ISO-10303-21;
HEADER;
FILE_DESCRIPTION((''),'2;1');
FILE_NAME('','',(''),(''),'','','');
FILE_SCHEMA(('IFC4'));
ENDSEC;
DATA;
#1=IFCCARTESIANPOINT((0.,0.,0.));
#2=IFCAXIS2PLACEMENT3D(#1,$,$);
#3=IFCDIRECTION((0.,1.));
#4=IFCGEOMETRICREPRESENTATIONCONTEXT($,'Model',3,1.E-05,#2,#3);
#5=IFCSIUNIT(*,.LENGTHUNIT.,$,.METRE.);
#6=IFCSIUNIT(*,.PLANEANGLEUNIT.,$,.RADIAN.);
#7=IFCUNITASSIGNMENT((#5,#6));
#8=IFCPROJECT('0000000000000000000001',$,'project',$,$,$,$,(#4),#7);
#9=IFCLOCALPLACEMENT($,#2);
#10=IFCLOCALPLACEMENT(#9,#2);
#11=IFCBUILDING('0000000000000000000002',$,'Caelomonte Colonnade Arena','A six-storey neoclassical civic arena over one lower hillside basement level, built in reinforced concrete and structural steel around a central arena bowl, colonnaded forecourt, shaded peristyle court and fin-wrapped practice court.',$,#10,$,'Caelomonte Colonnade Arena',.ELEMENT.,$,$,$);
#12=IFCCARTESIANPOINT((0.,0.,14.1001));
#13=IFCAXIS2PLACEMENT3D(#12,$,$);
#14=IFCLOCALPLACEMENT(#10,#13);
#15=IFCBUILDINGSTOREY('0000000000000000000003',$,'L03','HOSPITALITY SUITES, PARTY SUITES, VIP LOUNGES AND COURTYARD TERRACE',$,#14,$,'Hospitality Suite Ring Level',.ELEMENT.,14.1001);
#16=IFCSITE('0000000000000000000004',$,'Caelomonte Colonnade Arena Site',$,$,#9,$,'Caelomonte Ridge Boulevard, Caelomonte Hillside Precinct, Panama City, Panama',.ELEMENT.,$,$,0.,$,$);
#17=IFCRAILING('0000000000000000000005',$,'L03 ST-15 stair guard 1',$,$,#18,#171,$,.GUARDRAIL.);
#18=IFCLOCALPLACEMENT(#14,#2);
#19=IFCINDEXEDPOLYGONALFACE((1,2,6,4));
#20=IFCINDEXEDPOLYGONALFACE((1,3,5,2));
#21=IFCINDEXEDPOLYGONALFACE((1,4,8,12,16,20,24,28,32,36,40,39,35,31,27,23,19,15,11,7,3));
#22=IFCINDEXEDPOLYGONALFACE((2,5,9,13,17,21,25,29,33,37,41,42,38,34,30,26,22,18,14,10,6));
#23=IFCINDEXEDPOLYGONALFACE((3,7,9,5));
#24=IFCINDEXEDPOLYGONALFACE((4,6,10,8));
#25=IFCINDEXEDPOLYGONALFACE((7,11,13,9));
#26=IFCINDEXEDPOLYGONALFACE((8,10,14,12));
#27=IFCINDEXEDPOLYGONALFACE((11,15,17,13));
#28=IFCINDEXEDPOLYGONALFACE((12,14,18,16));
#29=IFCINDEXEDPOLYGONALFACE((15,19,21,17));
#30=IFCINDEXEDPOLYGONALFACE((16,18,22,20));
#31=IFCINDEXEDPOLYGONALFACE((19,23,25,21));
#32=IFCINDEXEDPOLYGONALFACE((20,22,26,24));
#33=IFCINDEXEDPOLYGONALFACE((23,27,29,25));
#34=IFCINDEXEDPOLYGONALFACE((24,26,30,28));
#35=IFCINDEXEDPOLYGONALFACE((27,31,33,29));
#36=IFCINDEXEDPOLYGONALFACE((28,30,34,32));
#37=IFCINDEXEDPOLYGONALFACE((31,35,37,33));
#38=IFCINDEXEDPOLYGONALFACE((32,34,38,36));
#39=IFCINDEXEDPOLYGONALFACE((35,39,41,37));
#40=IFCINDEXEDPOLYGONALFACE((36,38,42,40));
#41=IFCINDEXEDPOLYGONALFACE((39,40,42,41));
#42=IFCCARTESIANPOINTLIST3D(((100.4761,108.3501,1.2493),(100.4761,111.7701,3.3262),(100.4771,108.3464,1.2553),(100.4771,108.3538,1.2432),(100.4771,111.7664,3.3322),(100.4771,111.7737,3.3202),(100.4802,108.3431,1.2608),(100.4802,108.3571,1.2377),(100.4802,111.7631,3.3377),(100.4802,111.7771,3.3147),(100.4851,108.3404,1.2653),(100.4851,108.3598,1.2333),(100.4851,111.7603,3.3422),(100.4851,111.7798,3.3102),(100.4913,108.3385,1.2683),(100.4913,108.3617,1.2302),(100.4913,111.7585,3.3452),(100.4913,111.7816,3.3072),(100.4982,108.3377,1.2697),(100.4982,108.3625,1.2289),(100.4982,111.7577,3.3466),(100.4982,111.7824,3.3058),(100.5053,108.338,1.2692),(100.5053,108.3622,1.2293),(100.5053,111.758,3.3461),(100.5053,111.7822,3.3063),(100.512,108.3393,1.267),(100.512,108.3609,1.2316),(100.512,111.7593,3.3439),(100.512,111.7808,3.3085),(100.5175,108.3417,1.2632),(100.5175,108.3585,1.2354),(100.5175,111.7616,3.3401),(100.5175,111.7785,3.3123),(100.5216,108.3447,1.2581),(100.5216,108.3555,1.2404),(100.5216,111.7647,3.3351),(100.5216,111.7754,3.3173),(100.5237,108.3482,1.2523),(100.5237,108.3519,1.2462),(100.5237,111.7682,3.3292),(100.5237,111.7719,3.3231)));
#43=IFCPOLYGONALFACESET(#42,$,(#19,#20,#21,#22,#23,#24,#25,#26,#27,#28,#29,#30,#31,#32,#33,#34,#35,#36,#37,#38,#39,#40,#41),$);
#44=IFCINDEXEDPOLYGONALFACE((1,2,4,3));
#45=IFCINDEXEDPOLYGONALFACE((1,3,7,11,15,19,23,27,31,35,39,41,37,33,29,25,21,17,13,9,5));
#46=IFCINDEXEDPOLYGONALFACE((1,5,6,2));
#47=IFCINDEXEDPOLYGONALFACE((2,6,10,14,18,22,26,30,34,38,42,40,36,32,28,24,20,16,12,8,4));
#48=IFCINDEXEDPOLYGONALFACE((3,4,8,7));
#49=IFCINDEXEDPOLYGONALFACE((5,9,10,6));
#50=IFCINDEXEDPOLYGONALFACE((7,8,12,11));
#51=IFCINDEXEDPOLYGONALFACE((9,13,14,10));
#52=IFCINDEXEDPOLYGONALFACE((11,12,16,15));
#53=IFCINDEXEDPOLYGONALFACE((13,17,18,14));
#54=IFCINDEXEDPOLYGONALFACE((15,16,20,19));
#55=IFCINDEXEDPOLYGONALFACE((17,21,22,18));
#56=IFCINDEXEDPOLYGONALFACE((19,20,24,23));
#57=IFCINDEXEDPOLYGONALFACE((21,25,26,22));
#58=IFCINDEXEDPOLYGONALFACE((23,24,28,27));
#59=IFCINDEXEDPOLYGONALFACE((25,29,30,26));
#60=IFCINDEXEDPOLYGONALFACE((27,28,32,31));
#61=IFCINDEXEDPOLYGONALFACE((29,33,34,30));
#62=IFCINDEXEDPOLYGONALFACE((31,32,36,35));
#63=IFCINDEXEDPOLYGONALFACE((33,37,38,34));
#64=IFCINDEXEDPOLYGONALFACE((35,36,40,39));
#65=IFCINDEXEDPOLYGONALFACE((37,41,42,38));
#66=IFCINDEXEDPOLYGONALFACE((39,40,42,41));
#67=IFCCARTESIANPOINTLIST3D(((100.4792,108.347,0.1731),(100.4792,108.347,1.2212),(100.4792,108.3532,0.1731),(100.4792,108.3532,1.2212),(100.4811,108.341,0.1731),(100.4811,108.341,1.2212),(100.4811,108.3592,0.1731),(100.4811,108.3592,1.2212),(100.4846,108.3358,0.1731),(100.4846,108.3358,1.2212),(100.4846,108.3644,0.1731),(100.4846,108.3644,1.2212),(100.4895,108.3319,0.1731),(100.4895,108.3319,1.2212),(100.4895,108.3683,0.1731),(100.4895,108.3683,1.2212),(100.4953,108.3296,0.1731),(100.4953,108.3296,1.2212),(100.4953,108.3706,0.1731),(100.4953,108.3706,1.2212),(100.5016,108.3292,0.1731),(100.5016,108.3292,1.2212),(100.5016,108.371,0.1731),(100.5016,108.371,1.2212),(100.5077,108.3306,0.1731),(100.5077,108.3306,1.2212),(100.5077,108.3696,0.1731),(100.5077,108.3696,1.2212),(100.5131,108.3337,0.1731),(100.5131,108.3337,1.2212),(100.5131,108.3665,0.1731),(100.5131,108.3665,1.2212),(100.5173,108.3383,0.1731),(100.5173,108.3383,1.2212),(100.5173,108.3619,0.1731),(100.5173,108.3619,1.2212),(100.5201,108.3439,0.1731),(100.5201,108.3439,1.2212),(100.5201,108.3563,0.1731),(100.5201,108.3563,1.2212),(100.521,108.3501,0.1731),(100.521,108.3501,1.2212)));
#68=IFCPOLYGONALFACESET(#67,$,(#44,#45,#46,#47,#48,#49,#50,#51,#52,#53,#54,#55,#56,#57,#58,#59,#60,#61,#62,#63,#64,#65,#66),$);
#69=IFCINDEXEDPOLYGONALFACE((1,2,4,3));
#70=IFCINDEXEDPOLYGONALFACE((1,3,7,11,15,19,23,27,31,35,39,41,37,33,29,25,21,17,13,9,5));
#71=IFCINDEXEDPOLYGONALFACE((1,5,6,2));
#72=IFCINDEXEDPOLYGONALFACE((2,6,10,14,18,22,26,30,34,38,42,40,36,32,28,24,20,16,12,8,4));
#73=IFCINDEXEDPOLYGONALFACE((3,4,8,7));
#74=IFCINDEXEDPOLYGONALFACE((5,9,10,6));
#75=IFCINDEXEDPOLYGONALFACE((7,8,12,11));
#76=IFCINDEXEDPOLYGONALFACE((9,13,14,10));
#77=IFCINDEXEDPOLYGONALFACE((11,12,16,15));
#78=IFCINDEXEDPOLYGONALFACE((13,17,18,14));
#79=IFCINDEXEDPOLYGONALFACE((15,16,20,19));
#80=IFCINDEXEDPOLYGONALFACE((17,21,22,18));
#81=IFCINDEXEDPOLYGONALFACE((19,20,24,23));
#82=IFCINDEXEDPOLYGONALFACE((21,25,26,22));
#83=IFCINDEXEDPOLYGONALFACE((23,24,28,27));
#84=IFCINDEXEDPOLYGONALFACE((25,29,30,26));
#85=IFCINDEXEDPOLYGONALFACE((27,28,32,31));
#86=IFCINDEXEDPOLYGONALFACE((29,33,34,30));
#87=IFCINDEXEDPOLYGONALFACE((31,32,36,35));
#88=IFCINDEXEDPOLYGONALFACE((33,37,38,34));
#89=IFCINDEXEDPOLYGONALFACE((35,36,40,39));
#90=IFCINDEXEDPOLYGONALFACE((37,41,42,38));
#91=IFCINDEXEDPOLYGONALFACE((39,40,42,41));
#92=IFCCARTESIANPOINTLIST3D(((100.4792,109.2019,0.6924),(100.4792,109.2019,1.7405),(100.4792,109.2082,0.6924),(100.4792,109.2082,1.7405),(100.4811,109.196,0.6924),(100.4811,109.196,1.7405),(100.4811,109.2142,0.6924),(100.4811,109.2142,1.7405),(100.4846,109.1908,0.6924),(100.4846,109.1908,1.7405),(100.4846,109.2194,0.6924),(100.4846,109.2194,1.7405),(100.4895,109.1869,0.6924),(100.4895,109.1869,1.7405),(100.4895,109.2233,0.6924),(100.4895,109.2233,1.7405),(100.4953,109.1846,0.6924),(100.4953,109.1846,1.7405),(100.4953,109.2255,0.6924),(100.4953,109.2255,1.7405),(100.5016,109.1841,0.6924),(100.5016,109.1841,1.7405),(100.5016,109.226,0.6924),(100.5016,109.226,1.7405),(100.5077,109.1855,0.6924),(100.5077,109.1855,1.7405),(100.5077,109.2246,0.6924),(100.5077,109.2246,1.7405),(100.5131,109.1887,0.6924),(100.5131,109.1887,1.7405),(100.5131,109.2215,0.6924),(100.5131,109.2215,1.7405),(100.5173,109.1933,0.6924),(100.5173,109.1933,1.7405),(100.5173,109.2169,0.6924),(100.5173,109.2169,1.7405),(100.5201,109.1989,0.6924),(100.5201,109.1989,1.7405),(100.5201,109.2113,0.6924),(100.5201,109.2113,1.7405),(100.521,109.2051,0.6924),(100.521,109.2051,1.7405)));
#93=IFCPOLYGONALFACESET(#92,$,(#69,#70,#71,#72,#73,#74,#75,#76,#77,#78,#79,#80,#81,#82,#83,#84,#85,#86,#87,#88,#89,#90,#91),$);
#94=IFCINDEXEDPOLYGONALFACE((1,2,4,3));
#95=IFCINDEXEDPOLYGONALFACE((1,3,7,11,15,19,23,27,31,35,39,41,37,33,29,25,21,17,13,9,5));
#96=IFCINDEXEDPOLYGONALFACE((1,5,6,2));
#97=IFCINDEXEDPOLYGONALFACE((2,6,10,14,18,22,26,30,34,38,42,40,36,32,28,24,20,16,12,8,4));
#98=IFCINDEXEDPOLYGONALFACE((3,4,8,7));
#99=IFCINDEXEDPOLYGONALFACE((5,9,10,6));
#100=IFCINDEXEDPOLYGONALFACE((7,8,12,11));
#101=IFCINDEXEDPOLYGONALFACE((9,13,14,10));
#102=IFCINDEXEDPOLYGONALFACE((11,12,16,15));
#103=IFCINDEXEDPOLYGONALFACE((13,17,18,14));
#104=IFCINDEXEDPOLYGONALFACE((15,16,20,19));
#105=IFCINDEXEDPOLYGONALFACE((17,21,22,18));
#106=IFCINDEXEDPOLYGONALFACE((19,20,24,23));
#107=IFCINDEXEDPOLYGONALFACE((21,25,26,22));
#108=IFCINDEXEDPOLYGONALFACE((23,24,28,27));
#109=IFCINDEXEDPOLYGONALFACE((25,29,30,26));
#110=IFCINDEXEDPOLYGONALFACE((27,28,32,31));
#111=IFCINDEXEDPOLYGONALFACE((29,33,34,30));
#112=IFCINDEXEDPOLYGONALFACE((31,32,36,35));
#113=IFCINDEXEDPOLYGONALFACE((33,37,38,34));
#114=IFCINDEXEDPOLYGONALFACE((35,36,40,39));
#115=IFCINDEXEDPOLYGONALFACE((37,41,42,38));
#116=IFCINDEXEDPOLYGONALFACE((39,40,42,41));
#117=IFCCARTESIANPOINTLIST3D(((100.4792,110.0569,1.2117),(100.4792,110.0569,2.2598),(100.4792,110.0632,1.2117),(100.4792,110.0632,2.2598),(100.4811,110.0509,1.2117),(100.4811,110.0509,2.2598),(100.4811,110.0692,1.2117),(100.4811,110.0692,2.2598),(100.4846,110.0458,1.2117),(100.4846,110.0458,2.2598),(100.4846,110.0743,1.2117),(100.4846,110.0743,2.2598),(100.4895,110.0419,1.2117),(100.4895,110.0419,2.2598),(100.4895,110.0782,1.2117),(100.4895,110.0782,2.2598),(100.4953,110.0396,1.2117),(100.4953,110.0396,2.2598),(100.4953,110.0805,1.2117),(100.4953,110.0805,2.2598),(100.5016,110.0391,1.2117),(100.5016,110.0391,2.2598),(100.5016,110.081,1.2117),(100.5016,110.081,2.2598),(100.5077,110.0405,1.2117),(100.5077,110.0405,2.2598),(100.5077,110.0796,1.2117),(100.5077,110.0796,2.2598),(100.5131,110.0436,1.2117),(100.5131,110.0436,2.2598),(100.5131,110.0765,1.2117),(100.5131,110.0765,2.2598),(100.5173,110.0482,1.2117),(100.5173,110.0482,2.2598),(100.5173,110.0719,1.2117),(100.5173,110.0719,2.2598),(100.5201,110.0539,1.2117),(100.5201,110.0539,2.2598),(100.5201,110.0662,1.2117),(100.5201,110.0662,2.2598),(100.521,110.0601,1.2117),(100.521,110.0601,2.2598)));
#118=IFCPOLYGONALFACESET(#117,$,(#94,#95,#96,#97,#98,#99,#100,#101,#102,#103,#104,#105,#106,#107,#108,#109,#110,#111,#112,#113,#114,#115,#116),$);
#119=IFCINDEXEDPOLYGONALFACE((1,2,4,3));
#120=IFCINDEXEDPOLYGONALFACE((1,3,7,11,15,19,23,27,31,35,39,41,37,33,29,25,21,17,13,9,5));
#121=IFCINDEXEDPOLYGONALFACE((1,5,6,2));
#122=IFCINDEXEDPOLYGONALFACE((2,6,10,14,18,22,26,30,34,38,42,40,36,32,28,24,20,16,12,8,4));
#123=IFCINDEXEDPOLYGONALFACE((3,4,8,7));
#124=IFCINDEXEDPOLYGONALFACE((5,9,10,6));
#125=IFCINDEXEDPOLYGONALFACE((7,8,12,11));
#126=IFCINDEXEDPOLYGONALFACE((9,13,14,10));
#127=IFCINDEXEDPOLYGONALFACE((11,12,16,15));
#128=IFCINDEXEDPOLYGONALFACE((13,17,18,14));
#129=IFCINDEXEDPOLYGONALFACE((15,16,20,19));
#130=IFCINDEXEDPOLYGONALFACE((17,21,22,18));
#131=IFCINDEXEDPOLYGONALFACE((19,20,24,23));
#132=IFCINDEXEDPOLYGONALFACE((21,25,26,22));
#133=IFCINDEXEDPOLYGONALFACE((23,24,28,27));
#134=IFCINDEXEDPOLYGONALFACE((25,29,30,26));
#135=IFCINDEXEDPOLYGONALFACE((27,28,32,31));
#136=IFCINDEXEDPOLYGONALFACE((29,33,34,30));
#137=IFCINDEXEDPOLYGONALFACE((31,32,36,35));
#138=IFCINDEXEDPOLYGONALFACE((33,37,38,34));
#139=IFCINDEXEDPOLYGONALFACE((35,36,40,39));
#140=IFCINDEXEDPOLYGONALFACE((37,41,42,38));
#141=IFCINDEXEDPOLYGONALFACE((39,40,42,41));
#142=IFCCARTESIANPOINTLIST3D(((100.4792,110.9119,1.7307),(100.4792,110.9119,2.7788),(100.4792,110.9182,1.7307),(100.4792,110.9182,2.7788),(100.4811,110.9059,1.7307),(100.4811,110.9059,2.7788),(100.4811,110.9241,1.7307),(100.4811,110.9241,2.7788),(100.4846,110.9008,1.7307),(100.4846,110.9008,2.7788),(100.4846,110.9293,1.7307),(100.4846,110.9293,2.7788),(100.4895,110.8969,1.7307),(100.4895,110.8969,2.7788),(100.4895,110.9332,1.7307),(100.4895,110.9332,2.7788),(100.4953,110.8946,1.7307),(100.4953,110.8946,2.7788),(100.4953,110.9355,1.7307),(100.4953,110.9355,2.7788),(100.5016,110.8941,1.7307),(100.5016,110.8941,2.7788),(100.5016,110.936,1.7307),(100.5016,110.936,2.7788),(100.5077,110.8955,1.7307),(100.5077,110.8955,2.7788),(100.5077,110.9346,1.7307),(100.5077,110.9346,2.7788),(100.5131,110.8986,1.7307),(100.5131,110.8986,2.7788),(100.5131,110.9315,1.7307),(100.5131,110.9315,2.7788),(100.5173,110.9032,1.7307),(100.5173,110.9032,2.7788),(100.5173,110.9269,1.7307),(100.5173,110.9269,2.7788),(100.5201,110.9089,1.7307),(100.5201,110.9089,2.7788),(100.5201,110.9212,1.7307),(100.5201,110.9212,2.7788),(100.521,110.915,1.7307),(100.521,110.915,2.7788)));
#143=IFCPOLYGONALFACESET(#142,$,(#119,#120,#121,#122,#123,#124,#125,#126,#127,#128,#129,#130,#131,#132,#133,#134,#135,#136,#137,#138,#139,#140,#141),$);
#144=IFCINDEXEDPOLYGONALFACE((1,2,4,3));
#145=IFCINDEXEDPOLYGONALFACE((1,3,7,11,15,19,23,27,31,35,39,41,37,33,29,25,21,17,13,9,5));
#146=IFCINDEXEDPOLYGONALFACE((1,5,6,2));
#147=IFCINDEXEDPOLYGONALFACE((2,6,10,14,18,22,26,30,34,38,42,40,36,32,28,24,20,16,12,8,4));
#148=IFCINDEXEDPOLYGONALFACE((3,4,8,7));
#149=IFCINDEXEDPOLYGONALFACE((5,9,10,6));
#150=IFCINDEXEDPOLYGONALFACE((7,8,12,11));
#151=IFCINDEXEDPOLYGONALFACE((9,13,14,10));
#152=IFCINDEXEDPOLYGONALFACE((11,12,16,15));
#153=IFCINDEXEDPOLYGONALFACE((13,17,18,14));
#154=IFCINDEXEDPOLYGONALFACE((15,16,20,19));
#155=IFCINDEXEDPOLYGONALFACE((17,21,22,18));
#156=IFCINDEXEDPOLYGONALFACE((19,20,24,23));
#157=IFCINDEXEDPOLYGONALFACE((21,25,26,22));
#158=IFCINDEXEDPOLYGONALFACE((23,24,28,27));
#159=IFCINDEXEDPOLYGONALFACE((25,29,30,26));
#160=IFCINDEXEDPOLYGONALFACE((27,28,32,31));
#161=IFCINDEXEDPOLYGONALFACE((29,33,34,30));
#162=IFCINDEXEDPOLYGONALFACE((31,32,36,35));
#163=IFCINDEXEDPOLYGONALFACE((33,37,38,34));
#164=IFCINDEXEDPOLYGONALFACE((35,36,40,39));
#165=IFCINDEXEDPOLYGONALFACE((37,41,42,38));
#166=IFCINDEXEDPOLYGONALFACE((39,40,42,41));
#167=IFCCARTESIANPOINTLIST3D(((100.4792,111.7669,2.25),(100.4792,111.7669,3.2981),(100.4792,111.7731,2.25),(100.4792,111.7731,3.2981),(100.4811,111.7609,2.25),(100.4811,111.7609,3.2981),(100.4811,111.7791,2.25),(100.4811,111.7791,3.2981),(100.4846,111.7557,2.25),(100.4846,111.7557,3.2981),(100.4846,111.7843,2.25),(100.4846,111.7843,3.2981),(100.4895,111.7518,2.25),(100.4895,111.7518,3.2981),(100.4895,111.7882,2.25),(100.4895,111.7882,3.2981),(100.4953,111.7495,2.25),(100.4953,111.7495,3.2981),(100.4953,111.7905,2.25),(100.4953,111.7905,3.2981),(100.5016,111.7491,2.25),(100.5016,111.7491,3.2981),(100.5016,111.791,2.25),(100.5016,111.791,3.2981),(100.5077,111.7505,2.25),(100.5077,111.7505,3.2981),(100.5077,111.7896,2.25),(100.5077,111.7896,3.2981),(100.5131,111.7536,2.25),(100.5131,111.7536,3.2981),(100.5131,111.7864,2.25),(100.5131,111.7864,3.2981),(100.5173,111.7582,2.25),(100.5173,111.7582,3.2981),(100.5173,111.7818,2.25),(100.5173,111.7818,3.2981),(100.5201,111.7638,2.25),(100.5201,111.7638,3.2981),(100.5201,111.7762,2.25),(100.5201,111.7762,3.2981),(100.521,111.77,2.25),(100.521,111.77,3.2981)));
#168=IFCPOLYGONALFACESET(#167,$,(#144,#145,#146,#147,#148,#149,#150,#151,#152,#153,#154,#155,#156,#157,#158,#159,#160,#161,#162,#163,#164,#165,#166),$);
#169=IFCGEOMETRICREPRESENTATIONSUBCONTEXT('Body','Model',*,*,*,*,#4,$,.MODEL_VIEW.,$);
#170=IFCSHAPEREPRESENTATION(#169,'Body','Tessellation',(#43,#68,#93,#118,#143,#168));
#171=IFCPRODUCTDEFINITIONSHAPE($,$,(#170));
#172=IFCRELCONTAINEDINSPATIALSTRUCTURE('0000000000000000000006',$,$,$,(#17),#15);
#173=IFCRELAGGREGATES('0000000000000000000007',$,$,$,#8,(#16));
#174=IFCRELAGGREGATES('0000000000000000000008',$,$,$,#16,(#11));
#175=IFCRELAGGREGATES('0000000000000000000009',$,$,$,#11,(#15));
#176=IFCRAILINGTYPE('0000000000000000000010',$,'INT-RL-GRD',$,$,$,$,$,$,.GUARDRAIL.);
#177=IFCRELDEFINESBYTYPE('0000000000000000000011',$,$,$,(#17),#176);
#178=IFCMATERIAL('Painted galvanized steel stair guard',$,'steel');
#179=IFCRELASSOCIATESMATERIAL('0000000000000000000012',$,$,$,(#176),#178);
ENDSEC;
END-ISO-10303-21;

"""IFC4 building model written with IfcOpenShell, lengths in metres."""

from ifc_helpers import new_model, si_unit, direction, frame, origin, origin_2d, place, context, subcontext, project, spatial, circle, extrude, material, type_object, element, save


model = new_model("IFC4")

# Units and contexts
model_context = context("Model", 3, precision=1e-05, world=origin(), true_north=direction((0.0, 1.0)))
body_context = subcontext(model_context, "Body", "Model", "MODEL_VIEW")
ifc_project = project(units=[si_unit("LENGTHUNIT", "METRE"), si_unit("PLANEANGLEUNIT", "RADIAN")], contexts=[model_context])

# Site, building, storey
site_placement = place(None, origin())
site = spatial("IfcSite", under=ifc_project, at=site_placement, Name="Caelomonte Colonnade Arena Site", LongName="Caelomonte Ridge Boulevard, Caelomonte Hillside Precinct, Panama City, Panama", CompositionType="ELEMENT", RefElevation=0.0)
building_placement = place(site_placement, origin())
building = spatial("IfcBuilding", under=site, at=building_placement, Name="Caelomonte Colonnade Arena", Description="A six-storey neoclassical civic arena over one lower hillside basement level, built in reinforced concrete and structural steel around a central arena bowl, colonnaded forecourt, shaded peristyle court and fin-wrapped practice court.", LongName="Caelomonte Colonnade Arena", CompositionType="ELEMENT")
storey_placement = place(building_placement, frame((0.0, 0.0, 14.1001)))
storey = spatial("IfcBuildingStorey", under=building, at=storey_placement, Name="L03", Description="HOSPITALITY SUITES, PARTY SUITES, VIP LOUNGES AND COURTYARD TERRACE", LongName="Hospitality Suite Ring Level", CompositionType="ELEMENT", Elevation=14.1001)

# Railing
ifc_material_1 = material(Name="Painted galvanized steel stair guard", Category="steel")
railing_type_1 = type_object("IfcRailingType", Name="INT-RL-GRD", PredefinedType="GUARDRAIL", material=ifc_material_1)
railing_1_placement = place(storey_placement, frame((100.5, 108.3501, 0.1731)))
element("IfcRailing", 1, at=railing_1_placement, inside=storey, type_object=railing_type_1, Name="L03 ST-15 stair guard 1", PredefinedType="GUARDRAIL", context=body_context, shape_type="SweptSolid", body=[
    extrude(circle(Radius=0.0239, at=origin_2d()), frame((0.0, 0.0, 1.0762), z_axis=(0.0, 0.85473, 0.519074), x_axis=(-1.0, 0.0, 0.0)), (0.0, 0.0, 1.0), 4.0012),
    extrude(circle(Radius=0.021, at=origin_2d()), origin(), (0.0, 0.0, 1.0), 1.0481),
    extrude(circle(Radius=0.021, at=origin_2d()), frame((0.0, 0.855, 0.5193)), (0.0, 0.0, 1.0), 1.0481),
    extrude(circle(Radius=0.021, at=origin_2d()), frame((0.0, 1.71, 1.0386)), (0.0, 0.0, 1.0), 1.0481),
    extrude(circle(Radius=0.021, at=origin_2d()), frame((0.0, 2.5649, 1.5576)), (0.0, 0.0, 1.0), 1.0481),
    extrude(circle(Radius=0.021, at=origin_2d()), frame((0.0, 3.4199, 2.0769)), (0.0, 0.0, 1.0), 1.0481),
])

save(model, "model.ifc")
